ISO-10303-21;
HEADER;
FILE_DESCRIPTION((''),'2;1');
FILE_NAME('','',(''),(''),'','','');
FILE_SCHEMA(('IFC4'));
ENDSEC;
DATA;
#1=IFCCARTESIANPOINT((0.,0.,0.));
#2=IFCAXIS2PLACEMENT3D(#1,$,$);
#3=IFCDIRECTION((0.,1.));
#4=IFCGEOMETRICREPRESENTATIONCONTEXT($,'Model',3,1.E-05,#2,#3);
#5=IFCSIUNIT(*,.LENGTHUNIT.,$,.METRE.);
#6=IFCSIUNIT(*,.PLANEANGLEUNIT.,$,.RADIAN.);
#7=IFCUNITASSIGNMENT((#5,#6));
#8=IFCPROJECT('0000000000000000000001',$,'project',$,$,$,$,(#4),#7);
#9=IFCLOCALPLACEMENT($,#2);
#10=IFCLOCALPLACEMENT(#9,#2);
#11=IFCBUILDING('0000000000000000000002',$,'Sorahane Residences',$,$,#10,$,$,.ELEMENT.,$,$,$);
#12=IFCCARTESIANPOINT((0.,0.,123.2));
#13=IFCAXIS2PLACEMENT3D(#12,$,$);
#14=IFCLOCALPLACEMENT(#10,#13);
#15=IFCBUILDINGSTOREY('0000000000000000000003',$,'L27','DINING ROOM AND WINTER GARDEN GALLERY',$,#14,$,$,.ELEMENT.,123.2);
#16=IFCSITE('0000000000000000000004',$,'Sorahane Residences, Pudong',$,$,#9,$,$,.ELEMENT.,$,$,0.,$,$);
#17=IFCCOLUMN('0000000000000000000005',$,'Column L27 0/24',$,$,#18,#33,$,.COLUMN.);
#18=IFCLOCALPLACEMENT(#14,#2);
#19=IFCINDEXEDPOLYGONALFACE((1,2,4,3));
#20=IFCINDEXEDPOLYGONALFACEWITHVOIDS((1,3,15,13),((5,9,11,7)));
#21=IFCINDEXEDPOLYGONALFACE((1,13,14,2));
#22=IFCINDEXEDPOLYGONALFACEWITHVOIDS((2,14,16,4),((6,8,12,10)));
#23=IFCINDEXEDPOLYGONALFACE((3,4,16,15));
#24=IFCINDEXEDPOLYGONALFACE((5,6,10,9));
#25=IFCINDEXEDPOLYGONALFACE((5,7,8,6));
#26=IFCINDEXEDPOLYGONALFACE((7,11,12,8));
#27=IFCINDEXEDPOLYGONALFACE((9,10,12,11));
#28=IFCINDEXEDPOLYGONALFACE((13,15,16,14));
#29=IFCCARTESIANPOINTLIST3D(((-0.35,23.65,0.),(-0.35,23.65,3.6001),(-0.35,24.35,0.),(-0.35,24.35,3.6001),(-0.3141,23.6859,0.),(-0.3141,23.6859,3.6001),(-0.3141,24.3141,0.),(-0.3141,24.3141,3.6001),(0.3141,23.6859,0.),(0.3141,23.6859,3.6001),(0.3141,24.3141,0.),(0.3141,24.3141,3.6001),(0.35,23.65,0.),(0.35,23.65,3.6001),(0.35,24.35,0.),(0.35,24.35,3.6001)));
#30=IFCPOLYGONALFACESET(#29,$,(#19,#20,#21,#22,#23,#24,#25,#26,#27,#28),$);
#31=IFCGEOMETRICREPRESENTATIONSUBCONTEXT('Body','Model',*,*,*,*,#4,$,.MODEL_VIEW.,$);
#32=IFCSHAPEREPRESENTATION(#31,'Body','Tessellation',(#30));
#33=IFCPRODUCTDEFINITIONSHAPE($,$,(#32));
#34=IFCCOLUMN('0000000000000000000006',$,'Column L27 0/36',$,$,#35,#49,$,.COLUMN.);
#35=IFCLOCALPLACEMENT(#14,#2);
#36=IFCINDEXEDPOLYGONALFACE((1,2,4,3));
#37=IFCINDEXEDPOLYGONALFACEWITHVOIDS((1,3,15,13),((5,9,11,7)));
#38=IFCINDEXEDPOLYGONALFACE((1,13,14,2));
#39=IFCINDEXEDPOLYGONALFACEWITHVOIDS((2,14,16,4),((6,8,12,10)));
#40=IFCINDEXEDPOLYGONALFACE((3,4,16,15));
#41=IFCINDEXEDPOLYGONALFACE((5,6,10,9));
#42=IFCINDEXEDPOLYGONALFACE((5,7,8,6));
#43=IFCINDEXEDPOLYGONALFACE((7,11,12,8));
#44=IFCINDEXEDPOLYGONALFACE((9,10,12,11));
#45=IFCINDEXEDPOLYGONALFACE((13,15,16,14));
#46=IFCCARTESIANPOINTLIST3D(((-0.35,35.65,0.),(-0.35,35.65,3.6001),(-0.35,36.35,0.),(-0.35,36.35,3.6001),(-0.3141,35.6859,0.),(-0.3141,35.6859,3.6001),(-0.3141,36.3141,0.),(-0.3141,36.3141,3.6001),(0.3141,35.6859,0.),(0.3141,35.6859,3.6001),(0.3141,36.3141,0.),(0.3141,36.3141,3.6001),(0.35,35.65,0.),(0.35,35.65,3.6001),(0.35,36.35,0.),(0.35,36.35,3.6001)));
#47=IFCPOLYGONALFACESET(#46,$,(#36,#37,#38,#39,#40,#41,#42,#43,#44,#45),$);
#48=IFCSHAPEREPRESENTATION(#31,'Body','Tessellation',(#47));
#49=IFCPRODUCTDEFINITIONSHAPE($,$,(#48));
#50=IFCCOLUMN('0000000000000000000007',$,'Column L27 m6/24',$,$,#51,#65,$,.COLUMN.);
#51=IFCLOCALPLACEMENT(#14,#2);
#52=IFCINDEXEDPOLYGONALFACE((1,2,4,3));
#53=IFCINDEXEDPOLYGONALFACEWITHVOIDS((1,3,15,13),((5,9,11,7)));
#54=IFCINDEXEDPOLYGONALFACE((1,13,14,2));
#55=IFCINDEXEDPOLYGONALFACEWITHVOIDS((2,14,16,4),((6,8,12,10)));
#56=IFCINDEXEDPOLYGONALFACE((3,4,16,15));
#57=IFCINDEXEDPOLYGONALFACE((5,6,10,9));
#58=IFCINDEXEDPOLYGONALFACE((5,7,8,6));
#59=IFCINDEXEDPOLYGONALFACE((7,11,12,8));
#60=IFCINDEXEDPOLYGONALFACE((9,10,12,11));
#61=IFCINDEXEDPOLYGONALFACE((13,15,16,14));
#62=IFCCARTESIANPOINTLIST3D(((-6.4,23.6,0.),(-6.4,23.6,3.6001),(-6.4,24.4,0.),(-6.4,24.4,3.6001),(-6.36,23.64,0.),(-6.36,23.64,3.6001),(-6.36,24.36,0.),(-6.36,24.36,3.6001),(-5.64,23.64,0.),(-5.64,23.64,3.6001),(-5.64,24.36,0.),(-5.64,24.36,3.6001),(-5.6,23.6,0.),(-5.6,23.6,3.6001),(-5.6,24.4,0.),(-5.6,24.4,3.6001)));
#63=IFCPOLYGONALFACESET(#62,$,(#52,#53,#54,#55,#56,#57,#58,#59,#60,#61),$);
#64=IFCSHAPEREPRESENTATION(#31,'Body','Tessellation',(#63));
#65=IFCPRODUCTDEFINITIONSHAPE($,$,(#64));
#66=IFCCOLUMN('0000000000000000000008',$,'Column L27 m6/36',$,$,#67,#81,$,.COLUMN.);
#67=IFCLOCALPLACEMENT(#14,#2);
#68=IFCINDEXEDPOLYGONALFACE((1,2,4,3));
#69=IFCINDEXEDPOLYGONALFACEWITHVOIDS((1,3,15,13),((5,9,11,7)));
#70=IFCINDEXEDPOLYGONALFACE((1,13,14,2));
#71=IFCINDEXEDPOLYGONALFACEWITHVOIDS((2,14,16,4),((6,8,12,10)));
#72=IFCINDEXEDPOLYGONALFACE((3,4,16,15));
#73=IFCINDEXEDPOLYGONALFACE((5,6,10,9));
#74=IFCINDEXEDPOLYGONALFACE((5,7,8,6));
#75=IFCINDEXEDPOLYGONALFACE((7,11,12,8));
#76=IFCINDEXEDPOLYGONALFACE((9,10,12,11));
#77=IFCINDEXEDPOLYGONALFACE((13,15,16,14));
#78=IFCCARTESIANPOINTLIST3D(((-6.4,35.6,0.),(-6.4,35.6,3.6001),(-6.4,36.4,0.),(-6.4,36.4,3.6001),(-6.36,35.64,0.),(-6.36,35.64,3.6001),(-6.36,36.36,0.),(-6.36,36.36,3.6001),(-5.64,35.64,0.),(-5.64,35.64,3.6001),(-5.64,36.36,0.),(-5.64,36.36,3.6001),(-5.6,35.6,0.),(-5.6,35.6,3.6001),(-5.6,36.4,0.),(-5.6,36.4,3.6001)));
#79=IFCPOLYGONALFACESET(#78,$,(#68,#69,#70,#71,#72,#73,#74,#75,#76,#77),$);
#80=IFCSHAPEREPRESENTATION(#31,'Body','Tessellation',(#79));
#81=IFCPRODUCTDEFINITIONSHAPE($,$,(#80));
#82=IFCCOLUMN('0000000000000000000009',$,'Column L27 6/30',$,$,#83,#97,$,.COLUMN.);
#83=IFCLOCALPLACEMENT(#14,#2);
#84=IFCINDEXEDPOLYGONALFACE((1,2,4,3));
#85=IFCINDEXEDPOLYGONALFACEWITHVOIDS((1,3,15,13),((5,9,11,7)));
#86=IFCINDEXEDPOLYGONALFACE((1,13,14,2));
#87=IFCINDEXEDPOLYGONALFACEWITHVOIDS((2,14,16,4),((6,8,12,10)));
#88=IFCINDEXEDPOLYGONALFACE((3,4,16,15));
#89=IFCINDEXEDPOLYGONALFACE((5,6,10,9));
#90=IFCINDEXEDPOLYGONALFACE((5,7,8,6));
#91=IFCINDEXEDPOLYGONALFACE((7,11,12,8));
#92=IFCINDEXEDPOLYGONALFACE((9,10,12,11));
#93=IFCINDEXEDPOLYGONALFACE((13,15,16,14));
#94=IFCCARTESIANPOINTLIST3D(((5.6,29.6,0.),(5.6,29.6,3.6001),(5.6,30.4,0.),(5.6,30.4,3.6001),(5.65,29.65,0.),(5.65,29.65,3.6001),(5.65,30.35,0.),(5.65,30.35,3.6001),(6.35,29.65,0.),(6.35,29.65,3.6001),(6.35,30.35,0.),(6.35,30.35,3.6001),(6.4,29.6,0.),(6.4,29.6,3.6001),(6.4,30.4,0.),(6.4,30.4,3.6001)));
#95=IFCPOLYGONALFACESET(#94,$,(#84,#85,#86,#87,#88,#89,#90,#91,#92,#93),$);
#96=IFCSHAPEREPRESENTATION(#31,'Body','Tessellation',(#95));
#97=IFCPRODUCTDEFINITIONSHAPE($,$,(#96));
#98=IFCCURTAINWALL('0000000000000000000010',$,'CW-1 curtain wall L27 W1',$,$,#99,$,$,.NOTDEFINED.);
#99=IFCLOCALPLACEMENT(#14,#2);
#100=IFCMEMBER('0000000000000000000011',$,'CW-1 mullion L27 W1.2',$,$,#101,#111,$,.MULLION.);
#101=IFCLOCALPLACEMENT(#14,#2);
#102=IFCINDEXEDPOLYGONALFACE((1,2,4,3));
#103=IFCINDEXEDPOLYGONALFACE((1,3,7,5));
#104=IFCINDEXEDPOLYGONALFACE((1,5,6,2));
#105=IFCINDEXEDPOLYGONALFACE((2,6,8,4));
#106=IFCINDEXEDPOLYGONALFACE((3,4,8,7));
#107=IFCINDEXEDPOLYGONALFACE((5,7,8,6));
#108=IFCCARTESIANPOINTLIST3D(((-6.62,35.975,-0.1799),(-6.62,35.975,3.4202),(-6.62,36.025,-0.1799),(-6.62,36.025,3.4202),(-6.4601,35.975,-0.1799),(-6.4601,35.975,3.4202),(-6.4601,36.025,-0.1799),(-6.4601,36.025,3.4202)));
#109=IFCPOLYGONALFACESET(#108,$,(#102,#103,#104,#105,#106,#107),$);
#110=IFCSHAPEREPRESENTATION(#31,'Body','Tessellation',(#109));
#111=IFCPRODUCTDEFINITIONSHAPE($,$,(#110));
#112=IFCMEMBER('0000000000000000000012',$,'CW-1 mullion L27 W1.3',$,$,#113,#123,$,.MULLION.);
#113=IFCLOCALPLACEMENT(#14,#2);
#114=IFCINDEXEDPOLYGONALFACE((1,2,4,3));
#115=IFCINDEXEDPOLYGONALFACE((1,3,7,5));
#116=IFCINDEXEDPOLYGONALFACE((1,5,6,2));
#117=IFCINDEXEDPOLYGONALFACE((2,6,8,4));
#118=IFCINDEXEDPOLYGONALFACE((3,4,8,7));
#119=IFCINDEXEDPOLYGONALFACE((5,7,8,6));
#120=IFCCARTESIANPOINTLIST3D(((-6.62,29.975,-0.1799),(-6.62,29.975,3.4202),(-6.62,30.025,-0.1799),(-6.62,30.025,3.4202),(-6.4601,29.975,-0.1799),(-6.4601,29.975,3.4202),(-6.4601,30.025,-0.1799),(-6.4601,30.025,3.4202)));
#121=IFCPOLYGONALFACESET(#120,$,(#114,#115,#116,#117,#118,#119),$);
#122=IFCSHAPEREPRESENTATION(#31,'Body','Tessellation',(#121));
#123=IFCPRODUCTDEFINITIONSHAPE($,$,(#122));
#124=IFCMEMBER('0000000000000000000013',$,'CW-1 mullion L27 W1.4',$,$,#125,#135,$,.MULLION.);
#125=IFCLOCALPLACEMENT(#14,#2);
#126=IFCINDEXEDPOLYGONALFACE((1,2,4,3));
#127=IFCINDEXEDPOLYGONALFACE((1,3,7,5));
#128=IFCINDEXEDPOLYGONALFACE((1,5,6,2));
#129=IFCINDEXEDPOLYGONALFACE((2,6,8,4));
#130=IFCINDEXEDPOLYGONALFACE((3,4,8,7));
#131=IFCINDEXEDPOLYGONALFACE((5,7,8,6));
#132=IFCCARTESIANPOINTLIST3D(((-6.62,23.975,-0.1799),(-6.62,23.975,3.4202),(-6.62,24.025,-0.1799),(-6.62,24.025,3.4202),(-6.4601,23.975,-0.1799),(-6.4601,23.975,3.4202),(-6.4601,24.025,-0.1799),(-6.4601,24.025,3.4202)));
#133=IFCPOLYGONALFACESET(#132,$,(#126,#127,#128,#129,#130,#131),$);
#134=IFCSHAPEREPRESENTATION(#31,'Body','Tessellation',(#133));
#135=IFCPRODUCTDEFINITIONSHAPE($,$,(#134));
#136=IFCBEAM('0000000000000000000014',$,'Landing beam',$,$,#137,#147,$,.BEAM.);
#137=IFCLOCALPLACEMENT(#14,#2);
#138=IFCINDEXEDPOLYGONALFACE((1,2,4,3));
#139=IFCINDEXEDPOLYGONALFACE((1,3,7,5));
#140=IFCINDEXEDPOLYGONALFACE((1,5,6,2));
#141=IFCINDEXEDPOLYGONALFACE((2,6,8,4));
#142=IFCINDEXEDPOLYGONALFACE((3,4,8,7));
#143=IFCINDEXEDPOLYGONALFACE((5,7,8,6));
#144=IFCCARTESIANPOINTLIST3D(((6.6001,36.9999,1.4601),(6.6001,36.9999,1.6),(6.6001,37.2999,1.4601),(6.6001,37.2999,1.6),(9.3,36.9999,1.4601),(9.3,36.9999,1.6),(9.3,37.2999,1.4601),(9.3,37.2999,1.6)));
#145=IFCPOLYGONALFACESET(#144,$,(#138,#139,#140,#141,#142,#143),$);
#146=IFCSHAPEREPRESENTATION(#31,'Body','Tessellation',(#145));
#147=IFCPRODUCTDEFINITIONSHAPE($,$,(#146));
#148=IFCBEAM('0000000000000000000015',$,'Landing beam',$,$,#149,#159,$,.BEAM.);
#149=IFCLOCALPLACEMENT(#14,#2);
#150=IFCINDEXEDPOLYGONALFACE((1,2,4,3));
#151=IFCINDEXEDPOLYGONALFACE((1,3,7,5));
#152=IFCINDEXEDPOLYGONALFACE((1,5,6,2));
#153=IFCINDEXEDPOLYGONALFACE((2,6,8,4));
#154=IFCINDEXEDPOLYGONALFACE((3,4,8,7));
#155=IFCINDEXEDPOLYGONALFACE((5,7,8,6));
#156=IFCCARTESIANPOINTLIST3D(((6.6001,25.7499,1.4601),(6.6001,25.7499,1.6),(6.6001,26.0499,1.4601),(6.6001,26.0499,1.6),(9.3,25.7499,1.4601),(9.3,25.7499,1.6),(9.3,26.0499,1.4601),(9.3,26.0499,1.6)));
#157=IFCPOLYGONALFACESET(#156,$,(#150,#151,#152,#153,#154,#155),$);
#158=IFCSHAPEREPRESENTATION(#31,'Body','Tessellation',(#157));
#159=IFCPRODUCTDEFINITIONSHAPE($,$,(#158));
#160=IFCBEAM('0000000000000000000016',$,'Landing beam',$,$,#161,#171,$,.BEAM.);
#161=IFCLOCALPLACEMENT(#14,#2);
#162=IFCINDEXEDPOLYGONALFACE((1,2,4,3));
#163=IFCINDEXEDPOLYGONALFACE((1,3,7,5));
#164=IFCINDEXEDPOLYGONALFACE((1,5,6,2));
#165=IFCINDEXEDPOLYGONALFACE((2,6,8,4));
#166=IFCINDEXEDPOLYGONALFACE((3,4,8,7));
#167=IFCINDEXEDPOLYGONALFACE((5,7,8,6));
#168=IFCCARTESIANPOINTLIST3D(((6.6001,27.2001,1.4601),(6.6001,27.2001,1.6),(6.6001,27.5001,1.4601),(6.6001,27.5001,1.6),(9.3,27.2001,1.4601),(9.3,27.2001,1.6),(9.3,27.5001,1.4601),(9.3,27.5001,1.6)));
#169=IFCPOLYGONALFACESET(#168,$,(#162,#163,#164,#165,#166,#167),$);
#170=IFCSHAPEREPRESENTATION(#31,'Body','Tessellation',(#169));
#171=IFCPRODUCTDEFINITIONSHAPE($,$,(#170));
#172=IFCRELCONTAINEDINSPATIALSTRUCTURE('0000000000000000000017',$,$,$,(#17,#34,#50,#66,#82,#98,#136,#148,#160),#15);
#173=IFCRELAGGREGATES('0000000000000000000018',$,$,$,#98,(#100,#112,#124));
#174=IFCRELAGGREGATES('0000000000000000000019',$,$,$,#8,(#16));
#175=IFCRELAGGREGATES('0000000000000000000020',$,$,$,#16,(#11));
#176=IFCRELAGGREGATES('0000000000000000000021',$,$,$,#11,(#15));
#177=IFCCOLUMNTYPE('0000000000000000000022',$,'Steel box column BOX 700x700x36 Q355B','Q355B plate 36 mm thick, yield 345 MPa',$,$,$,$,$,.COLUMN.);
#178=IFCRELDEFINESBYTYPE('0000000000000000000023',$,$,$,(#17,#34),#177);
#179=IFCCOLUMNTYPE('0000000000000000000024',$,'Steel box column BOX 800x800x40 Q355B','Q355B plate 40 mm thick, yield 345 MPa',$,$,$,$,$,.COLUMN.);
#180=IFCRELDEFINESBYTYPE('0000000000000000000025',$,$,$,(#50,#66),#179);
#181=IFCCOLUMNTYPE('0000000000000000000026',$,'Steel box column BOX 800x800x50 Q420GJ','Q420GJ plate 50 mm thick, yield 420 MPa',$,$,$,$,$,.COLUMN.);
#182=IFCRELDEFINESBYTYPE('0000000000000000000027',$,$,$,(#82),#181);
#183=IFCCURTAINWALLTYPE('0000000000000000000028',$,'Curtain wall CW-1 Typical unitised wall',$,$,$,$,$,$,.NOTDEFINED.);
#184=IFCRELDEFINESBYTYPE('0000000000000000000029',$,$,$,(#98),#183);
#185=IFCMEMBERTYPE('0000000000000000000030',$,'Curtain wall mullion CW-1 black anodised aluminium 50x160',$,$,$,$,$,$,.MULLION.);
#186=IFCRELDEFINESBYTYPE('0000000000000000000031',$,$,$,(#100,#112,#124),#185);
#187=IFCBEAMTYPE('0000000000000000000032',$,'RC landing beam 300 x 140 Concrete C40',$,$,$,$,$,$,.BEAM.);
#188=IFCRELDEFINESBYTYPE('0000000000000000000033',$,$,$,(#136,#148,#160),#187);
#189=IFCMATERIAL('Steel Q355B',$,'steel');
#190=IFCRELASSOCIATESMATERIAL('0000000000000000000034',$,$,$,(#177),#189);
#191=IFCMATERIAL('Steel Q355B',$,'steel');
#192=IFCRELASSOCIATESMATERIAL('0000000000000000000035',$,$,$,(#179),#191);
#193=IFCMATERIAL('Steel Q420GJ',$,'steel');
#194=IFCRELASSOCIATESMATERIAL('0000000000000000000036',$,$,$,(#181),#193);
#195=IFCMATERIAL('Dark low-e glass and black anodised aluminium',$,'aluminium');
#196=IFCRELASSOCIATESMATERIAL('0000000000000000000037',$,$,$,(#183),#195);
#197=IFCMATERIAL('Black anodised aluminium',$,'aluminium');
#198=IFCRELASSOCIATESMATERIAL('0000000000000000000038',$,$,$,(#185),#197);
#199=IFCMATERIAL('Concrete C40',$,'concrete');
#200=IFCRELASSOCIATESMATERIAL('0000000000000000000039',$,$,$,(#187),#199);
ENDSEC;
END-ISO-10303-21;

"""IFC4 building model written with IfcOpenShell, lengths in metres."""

from ifc_helpers import new_model, si_unit, direction, frame, origin, origin_2d, place, context, subcontext, project, spatial, rectangle, hollow_rectangle, extrude, material, material_profile, profile_set, type_object, element, aggregate, save


model = new_model("IFC4")

# Units and contexts
model_context = context("Model", 3, precision=1e-05, world=origin(), true_north=direction((0.0, 1.0)))
body_context = subcontext(model_context, "Body", "Model", "MODEL_VIEW")
ifc_project = project(units=[si_unit("LENGTHUNIT", "METRE"), si_unit("PLANEANGLEUNIT", "RADIAN")], contexts=[model_context])

# Site, building, storey
site_placement = place(None, origin())
site = spatial("IfcSite", under=ifc_project, at=site_placement, Name="Sorahane Residences, Pudong", CompositionType="ELEMENT", RefElevation=0.0)
building_placement = place(site_placement, origin())
building = spatial("IfcBuilding", under=site, at=building_placement, Name="Sorahane Residences", CompositionType="ELEMENT")
storey_placement = place(building_placement, frame((0.0, 0.0, 123.2)))
storey = spatial("IfcBuildingStorey", under=building, at=storey_placement, Name="L27", Description="DINING ROOM AND WINTER GARDEN GALLERY", CompositionType="ELEMENT", Elevation=123.2)

# Columns
ifc_material_1 = material(Name="Steel Q355B", Category="steel")
ifc_material_profile_1 = material_profile(ifc_material_1, hollow_rectangle(XDim=0.7, YDim=0.7, WallThickness=0.0359, at=origin_2d()), Name="BOX 700x700x36")
ifc_profile_set_1 = profile_set([ifc_material_profile_1], Name="Steel Q355B")
column_type_1 = type_object("IfcColumnType", Name="Steel box column BOX 700x700x36 Q355B", Description="Q355B plate 36 mm thick, yield 345 MPa", PredefinedType="COLUMN", material=ifc_profile_set_1)
for number, where, z_axis, x_axis, name in (
    (1, (0.0, 24.0, 0.0), (0.0, 0.0, 1.0), (1.0, 0.0, 0.0), "Column L27 0/24"),
    (2, (0.0, 36.0, 0.0), (0.0, 0.0, 1.0), (1.0, 0.0, 0.0), "Column L27 0/36"),
):
    element("IfcColumn", number, at=place(storey_placement, frame(where, z_axis=z_axis, x_axis=x_axis)), inside=storey, type_object=column_type_1, Name=name, PredefinedType="COLUMN", context=body_context, shape_type="SweptSolid", body=[
        extrude(hollow_rectangle(XDim=0.7, YDim=0.7, WallThickness=0.0359, at=origin_2d()), origin(), (0.0, 0.0, 1.0), 3.6001),
    ])
ifc_material_2 = material(Name="Steel Q355B", Category="steel")
ifc_material_profile_2 = material_profile(ifc_material_2, hollow_rectangle(XDim=0.8, YDim=0.8, WallThickness=0.04, at=origin_2d()), Name="BOX 800x800x40")
ifc_profile_set_2 = profile_set([ifc_material_profile_2], Name="Steel Q355B")
column_type_2 = type_object("IfcColumnType", Name="Steel box column BOX 800x800x40 Q355B", Description="Q355B plate 40 mm thick, yield 345 MPa", PredefinedType="COLUMN", material=ifc_profile_set_2)
for number, where, z_axis, x_axis, name in (
    (3, (-6.0, 24.0, 0.0), (0.0, 0.0, 1.0), (1.0, 0.0, 0.0), "Column L27 m6/24"),
    (4, (-6.0, 36.0, 0.0), (0.0, 0.0, 1.0), (1.0, 0.0, 0.0), "Column L27 m6/36"),
):
    element("IfcColumn", number, at=place(storey_placement, frame(where, z_axis=z_axis, x_axis=x_axis)), inside=storey, type_object=column_type_2, Name=name, PredefinedType="COLUMN", context=body_context, shape_type="SweptSolid", body=[
        extrude(hollow_rectangle(XDim=0.8, YDim=0.8, WallThickness=0.04, at=origin_2d()), origin(), (0.0, 0.0, 1.0), 3.6001),
    ])
ifc_material_3 = material(Name="Steel Q420GJ", Category="steel")
ifc_material_profile_3 = material_profile(ifc_material_3, hollow_rectangle(XDim=0.8, YDim=0.8, WallThickness=0.05, at=origin_2d()), Name="BOX 800x800x50")
ifc_profile_set_3 = profile_set([ifc_material_profile_3], Name="Steel Q420GJ")
column_type_3 = type_object("IfcColumnType", Name="Steel box column BOX 800x800x50 Q420GJ", Description="Q420GJ plate 50 mm thick, yield 420 MPa", PredefinedType="COLUMN", material=ifc_profile_set_3)
column_placement = place(storey_placement, frame((6.0, 30.0, 0.0), z_axis=(0.0, 0.0, 1.0), x_axis=(1.0, 0.0, 0.0)))
element("IfcColumn", 5, at=column_placement, inside=storey, type_object=column_type_3, Name="Column L27 6/30", PredefinedType="COLUMN", context=body_context, shape_type="SweptSolid", body=[
    extrude(hollow_rectangle(XDim=0.8, YDim=0.8, WallThickness=0.05, at=origin_2d()), origin(), (0.0, 0.0, 1.0), 3.6001),
])

# Curtain wall, members
ifc_material_4 = material(Name="Dark low-e glass and black anodised aluminium", Category="aluminium")
curtain_wall_type = type_object("IfcCurtainWallType", Name="Curtain wall CW-1 Typical unitised wall", PredefinedType="NOTDEFINED", material=ifc_material_4)
curtain_wall_placement = place(storey_placement, origin())
curtain_wall = element("IfcCurtainWall", 6, at=curtain_wall_placement, inside=storey, type_object=curtain_wall_type, Name="CW-1 curtain wall L27 W1", PredefinedType="NOTDEFINED")
ifc_material_5 = material(Name="Black anodised aluminium", Category="aluminium")
ifc_material_profile_4 = material_profile(ifc_material_5, rectangle(XDim=0.1599, YDim=0.05, at=origin_2d()), Name="Curtain wall mullion CW-1 black anodised aluminium 50x160")
ifc_profile_set_4 = profile_set([ifc_material_profile_4], Name="Black anodised aluminium")
member_type = type_object("IfcMemberType", Name="Curtain wall mullion CW-1 black anodised aluminium 50x160", PredefinedType="MULLION", material=ifc_profile_set_4)
member_1_placement = place(storey_placement, frame((-6.54, 36.0, -0.1799), z_axis=(0.0, 0.0, 1.0), x_axis=(-1.0, 0.0, 0.0)))
member_1 = element("IfcMember", 7, at=member_1_placement, type_object=member_type, Name="CW-1 mullion L27 W1.2", PredefinedType="MULLION", context=body_context, shape_type="SweptSolid", body=[
    extrude(rectangle(XDim=0.1599, YDim=0.05, at=origin_2d()), origin(), (0.0, 0.0, 1.0), 3.6001),
])
member_2_placement = place(storey_placement, frame((-6.54, 30.0, -0.1799), z_axis=(0.0, 0.0, 1.0), x_axis=(-1.0, 0.0, 0.0)))
member_2 = element("IfcMember", 8, at=member_2_placement, type_object=member_type, Name="CW-1 mullion L27 W1.3", PredefinedType="MULLION", context=body_context, shape_type="SweptSolid", body=[
    extrude(rectangle(XDim=0.1599, YDim=0.05, at=origin_2d()), origin(), (0.0, 0.0, 1.0), 3.6001),
])
member_3_placement = place(storey_placement, frame((-6.54, 24.0, -0.1799), z_axis=(0.0, 0.0, 1.0), x_axis=(-1.0, 0.0, 0.0)))
member_3 = element("IfcMember", 9, at=member_3_placement, type_object=member_type, Name="CW-1 mullion L27 W1.4", PredefinedType="MULLION", context=body_context, shape_type="SweptSolid", body=[
    extrude(rectangle(XDim=0.1599, YDim=0.05, at=origin_2d()), origin(), (0.0, 0.0, 1.0), 3.6001),
])

# Beams
ifc_material_6 = material(Name="Concrete C40", Category="concrete")
ifc_material_profile_5 = material_profile(ifc_material_6, rectangle(XDim=0.3, YDim=0.1399, at=origin_2d()), Name="300x140")
ifc_profile_set_5 = profile_set([ifc_material_profile_5], Name="Concrete C40")
beam_type_1 = type_object("IfcBeamType", Name="RC landing beam 300 x 140 Concrete C40", PredefinedType="BEAM", material=ifc_profile_set_5)
for number, where, z_axis, x_axis, name in (
    (10, (6.6001, 37.1499, 1.53), (1.0, 0.0, 0.0), (0.0, 1.0, 0.0), "Landing beam"),
    (11, (6.6001, 25.8999, 1.53), (1.0, 0.0, 0.0), (0.0, 1.0, 0.0), "Landing beam"),
    (12, (6.6001, 27.3501, 1.53), (1.0, 0.0, 0.0), (0.0, 1.0, 0.0), "Landing beam"),
):
    element("IfcBeam", number, at=place(storey_placement, frame(where, z_axis=z_axis, x_axis=x_axis)), inside=storey, type_object=beam_type_1, Name=name, PredefinedType="BEAM", context=body_context, shape_type="SweptSolid", body=[
        extrude(rectangle(XDim=0.3, YDim=0.1399, at=origin_2d()), origin(), (0.0, 0.0, 1.0), 2.7),
    ])

aggregate(curtain_wall, [member_1, member_2, member_3])

save(model, "model.ifc")
